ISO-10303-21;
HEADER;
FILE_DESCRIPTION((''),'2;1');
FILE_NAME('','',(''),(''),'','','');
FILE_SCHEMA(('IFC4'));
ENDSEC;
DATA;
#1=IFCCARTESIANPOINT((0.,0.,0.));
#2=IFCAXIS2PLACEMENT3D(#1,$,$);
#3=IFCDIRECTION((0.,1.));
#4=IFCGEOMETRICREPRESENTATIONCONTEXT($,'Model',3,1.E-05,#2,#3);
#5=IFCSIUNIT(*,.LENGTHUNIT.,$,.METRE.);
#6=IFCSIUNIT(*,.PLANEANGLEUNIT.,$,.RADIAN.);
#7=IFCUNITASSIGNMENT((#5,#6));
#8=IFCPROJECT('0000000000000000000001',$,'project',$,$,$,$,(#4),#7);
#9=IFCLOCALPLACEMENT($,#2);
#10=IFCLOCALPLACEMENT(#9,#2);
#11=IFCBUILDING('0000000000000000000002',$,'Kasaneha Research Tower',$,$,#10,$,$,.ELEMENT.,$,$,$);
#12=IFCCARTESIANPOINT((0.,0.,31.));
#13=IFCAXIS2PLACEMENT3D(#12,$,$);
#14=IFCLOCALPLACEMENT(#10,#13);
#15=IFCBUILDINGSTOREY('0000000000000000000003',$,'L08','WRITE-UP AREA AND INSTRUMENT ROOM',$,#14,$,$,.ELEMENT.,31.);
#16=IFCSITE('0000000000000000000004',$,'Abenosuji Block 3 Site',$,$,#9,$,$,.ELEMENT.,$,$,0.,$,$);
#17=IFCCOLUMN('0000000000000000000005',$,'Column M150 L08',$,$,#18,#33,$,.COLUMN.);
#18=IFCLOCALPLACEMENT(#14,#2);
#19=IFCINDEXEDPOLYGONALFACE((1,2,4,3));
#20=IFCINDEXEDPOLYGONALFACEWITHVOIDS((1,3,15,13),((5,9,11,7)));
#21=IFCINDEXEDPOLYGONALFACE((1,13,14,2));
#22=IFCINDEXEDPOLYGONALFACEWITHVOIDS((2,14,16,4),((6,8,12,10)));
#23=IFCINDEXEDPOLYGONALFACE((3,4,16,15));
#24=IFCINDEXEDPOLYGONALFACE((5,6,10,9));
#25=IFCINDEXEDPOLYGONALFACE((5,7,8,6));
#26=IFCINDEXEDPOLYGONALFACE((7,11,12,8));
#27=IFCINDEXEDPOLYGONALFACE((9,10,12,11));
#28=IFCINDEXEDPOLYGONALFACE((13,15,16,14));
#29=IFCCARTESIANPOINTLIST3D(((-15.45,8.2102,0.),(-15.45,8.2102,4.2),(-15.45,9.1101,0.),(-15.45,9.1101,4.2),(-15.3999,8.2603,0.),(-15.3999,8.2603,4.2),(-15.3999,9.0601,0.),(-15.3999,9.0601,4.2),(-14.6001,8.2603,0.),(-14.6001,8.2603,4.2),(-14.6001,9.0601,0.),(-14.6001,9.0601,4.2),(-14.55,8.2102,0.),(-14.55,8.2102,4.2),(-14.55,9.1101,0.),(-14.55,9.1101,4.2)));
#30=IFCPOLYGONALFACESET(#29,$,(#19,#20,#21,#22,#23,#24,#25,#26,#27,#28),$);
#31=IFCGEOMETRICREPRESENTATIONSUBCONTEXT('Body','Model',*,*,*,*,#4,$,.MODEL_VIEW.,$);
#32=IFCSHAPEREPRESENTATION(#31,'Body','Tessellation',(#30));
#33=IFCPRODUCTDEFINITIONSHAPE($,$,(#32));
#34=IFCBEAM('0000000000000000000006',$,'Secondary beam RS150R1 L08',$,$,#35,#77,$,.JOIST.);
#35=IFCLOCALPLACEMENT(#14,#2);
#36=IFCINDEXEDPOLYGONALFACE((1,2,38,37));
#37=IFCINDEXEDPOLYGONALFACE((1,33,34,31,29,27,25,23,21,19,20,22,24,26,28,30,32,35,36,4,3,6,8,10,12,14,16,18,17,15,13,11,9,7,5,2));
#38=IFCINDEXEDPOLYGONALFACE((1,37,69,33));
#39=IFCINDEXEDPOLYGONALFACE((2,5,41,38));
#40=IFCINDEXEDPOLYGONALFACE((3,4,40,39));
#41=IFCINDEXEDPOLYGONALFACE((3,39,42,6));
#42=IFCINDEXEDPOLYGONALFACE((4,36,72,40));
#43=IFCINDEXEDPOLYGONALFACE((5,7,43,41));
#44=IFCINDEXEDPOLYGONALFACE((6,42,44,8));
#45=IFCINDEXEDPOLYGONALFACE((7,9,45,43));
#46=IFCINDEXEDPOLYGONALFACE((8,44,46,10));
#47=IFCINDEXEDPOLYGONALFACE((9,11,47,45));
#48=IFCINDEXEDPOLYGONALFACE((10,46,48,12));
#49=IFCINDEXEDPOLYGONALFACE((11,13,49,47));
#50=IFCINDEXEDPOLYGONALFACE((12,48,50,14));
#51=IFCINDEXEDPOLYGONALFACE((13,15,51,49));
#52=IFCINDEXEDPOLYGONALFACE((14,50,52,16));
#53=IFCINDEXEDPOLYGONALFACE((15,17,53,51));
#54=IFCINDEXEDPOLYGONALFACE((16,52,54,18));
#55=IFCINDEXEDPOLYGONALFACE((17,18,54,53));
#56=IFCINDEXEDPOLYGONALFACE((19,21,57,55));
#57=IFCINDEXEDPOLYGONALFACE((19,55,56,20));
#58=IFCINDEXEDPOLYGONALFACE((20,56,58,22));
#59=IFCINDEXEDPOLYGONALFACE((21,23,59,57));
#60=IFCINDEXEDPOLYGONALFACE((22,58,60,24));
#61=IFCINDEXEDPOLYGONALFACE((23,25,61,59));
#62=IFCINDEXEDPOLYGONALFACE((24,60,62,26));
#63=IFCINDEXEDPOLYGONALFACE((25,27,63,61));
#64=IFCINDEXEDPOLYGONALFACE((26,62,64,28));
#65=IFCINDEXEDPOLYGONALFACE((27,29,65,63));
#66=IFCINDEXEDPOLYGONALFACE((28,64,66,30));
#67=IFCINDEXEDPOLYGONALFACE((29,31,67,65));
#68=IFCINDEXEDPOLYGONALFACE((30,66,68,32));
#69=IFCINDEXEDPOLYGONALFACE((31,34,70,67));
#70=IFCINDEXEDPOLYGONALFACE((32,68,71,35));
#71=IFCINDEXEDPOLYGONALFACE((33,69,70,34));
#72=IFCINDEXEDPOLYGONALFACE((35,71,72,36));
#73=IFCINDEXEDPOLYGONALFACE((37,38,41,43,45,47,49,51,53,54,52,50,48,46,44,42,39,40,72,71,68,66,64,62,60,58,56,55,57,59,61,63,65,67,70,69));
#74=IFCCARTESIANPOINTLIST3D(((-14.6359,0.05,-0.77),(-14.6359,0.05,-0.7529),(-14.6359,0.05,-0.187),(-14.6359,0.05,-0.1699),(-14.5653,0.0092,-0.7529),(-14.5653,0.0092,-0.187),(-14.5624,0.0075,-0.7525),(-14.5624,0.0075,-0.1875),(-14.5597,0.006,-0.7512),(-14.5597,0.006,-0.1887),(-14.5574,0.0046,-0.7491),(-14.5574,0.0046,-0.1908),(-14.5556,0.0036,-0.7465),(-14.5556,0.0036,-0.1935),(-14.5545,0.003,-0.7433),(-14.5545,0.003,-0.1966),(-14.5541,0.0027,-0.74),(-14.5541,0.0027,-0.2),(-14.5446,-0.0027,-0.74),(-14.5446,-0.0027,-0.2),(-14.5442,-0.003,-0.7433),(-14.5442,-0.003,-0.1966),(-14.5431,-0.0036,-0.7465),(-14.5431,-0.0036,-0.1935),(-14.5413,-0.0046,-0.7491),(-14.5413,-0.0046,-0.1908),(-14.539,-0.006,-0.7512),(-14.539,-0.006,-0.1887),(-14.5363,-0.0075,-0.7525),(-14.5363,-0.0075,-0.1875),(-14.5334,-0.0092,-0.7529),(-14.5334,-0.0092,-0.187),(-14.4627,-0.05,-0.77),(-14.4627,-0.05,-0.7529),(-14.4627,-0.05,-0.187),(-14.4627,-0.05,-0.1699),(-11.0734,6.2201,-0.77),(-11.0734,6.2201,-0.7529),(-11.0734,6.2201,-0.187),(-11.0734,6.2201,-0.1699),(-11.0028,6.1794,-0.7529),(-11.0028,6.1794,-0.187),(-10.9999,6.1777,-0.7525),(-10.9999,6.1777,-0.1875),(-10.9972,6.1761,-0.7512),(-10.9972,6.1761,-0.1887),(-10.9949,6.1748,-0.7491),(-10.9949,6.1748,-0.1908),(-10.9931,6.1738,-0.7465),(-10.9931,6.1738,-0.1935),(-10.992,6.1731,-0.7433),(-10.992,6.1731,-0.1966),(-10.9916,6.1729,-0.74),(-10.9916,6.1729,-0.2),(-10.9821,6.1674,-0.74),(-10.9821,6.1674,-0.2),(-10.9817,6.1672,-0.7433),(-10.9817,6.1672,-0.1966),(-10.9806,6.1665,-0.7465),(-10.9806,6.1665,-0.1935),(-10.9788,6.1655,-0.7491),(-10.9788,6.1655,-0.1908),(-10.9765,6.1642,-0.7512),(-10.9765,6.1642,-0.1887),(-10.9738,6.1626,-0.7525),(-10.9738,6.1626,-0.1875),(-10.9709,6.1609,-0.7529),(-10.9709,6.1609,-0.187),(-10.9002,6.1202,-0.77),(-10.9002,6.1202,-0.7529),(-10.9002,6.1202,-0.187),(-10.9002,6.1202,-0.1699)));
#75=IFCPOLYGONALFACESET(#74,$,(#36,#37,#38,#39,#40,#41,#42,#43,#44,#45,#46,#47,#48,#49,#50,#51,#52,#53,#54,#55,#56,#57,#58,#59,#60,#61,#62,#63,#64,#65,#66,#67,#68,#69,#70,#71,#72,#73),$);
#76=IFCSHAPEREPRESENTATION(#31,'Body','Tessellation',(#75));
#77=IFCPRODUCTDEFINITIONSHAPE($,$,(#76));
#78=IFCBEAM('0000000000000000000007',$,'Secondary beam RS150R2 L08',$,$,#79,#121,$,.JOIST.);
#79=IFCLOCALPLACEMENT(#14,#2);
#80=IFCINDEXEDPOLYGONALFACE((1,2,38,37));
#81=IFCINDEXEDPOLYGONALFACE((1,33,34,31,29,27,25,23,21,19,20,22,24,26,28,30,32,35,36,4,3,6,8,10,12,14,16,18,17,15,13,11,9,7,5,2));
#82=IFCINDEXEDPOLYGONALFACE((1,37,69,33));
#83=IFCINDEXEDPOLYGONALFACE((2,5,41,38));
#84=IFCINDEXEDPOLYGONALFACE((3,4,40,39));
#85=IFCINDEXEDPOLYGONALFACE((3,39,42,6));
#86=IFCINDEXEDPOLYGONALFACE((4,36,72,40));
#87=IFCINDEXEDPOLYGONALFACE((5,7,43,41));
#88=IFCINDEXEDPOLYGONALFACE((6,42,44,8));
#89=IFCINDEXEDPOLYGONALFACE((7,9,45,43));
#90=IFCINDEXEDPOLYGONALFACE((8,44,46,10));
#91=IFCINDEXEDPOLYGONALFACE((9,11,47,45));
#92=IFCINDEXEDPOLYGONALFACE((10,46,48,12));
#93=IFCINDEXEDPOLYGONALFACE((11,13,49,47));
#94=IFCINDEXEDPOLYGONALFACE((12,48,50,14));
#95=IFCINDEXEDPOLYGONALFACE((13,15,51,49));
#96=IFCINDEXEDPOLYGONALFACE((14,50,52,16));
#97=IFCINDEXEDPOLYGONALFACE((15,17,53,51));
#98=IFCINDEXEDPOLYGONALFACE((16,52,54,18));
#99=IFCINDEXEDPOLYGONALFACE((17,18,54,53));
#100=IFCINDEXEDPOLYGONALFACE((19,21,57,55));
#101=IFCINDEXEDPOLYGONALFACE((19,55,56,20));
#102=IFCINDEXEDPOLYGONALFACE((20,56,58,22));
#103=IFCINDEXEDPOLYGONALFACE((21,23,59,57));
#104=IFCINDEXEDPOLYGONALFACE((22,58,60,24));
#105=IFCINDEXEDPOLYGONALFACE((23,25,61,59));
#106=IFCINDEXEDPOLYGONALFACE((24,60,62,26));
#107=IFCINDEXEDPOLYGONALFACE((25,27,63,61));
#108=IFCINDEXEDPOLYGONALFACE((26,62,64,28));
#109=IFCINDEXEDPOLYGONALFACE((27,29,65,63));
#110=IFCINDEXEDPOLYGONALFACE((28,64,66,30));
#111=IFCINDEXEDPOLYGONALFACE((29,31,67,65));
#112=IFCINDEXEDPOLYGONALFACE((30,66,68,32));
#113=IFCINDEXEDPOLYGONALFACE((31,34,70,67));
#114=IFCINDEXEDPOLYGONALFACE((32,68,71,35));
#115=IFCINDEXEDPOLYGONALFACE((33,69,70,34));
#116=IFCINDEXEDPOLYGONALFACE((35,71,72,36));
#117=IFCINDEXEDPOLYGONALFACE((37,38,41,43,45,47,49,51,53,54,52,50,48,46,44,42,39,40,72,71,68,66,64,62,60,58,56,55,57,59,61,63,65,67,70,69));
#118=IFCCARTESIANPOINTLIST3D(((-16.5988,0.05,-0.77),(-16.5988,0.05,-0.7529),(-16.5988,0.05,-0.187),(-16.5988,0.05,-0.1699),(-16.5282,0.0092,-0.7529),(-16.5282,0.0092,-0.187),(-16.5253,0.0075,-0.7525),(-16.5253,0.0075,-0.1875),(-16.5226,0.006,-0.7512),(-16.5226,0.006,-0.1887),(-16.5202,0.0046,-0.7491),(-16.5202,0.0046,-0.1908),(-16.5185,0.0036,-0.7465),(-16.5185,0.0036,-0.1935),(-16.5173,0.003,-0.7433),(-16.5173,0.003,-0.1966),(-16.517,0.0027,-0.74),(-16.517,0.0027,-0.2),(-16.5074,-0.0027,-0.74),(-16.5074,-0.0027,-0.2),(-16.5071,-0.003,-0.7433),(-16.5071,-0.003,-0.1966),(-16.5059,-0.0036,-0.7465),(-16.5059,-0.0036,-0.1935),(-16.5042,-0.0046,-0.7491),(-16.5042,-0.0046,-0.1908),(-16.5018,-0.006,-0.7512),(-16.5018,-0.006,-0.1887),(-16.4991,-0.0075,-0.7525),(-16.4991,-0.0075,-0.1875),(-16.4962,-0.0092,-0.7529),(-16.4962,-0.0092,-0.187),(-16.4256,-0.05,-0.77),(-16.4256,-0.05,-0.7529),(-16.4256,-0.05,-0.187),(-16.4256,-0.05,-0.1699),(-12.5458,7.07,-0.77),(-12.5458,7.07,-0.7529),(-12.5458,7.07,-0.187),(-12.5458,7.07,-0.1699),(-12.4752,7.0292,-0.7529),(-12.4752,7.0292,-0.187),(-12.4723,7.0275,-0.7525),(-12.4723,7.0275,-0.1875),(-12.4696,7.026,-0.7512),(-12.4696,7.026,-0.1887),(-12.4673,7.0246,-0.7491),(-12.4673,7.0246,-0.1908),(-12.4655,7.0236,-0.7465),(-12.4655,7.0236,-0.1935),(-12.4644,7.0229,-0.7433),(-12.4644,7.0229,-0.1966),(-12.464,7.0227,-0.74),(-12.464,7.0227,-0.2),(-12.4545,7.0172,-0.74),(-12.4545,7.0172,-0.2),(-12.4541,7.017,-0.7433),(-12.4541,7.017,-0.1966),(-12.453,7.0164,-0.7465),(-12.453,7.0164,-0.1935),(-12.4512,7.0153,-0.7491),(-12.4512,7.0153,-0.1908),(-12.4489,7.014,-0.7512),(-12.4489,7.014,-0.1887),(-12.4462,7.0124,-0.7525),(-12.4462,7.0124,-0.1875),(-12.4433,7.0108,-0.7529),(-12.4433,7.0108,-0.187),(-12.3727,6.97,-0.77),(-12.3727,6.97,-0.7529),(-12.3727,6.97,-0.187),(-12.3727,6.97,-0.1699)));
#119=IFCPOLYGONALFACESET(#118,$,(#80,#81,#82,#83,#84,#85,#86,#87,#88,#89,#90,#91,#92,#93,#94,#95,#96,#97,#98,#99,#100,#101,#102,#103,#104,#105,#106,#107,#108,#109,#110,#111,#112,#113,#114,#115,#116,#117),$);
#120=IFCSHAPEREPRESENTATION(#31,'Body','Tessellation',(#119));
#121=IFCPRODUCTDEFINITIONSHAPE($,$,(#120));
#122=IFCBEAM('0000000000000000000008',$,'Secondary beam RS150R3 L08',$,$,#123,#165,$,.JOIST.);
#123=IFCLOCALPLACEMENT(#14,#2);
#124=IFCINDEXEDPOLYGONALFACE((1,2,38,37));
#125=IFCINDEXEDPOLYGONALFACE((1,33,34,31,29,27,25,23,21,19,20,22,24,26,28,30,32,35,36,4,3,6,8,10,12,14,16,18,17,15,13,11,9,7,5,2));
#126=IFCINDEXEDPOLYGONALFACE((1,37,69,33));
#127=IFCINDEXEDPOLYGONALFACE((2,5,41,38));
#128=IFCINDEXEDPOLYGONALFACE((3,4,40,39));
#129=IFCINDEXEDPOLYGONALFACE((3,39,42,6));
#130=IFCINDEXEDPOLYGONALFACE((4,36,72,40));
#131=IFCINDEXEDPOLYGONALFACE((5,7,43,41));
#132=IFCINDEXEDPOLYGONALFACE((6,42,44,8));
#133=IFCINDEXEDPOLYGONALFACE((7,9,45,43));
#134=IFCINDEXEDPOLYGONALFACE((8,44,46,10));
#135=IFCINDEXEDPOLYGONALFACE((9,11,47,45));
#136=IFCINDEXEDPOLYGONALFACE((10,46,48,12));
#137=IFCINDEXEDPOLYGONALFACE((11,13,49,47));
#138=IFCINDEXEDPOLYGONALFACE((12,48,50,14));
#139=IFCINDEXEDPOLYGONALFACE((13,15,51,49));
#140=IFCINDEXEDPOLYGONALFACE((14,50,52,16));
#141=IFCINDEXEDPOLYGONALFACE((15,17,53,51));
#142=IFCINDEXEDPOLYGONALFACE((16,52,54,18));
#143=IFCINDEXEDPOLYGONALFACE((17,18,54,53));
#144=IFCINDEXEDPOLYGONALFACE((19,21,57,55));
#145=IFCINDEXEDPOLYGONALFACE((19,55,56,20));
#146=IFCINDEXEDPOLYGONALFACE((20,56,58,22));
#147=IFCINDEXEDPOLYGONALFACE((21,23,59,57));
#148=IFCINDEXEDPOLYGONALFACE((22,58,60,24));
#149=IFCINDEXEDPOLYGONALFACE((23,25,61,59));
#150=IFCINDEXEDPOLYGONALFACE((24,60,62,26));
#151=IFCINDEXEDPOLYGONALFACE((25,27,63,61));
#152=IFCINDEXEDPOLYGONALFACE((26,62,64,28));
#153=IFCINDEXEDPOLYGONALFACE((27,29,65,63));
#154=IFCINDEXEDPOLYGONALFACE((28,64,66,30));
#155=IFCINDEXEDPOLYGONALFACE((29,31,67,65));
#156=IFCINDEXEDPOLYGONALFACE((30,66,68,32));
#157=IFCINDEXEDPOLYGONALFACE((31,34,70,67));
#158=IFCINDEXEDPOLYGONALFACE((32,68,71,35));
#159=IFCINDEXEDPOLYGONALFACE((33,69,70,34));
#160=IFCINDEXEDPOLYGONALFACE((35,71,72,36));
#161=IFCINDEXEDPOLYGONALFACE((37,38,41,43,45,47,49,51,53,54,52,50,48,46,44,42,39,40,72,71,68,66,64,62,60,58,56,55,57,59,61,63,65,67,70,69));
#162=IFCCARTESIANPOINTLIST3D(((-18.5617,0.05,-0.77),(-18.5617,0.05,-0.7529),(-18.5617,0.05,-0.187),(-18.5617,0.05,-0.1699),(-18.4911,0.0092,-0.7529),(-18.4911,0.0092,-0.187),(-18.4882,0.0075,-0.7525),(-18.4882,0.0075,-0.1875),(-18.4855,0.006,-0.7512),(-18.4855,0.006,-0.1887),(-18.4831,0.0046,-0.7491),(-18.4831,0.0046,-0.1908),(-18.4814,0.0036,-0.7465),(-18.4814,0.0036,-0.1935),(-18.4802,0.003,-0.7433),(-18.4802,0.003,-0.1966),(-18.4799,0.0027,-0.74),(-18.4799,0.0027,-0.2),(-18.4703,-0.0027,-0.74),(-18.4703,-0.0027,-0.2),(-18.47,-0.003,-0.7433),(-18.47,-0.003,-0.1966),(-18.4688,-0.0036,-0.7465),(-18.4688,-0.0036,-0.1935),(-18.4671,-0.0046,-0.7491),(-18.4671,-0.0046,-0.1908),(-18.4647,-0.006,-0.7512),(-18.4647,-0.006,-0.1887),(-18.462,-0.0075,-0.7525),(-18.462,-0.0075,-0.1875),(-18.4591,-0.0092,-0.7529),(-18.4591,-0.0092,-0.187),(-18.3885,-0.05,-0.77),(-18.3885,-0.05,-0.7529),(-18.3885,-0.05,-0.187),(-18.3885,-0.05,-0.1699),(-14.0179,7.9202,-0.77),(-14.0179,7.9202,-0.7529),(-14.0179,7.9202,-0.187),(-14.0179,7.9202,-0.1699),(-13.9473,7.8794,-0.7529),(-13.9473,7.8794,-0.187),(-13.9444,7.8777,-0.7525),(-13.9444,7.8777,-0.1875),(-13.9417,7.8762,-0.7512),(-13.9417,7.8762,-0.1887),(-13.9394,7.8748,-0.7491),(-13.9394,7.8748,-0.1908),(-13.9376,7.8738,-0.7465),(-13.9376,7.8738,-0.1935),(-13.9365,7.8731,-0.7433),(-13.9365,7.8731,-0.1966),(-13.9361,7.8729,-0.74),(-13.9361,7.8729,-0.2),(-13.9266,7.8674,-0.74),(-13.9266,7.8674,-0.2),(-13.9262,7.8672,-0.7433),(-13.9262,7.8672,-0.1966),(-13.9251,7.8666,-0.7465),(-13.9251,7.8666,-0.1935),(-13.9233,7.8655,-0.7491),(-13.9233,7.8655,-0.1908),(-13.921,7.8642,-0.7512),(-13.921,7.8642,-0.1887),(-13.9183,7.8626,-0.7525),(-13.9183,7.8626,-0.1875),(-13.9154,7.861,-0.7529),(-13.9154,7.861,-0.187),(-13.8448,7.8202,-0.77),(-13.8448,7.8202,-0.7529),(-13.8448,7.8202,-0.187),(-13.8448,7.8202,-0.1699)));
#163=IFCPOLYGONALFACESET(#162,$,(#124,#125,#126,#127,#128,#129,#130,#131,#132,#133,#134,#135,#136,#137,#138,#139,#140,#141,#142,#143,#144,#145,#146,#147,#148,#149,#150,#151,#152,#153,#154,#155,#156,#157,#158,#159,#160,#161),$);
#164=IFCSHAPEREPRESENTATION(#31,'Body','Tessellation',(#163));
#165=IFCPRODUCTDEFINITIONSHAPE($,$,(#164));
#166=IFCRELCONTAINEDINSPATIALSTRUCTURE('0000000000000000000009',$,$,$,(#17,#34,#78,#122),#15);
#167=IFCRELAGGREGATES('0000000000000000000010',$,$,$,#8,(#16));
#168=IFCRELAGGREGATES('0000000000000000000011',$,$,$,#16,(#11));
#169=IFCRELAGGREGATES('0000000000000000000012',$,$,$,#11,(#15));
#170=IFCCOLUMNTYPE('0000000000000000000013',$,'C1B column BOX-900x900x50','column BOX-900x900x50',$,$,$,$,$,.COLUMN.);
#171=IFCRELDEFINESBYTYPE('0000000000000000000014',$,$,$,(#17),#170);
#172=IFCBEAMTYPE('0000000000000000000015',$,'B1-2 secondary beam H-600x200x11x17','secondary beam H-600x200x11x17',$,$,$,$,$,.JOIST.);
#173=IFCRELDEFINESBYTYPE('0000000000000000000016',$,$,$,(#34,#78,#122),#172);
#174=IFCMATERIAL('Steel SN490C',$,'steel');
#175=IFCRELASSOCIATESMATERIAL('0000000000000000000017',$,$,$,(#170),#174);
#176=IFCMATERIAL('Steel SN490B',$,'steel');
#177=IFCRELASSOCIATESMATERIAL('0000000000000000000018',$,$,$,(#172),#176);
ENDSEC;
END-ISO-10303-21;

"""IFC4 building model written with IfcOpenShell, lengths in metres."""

from ifc_helpers import new_model, si_unit, direction, frame, origin, origin_2d, place, context, subcontext, project, spatial, hollow_rectangle, i_section, extrude, material, material_profile, profile_set, type_object, element, save


model = new_model("IFC4")

# Units and contexts
model_context = context("Model", 3, precision=1e-05, world=origin(), true_north=direction((0.0, 1.0)))
body_context = subcontext(model_context, "Body", "Model", "MODEL_VIEW")
ifc_project = project(units=[si_unit("LENGTHUNIT", "METRE"), si_unit("PLANEANGLEUNIT", "RADIAN")], contexts=[model_context])

# Site, building, storey
site_placement = place(None, origin())
site = spatial("IfcSite", under=ifc_project, at=site_placement, Name="Abenosuji Block 3 Site", CompositionType="ELEMENT", RefElevation=0.0)
building_placement = place(site_placement, origin())
building = spatial("IfcBuilding", under=site, at=building_placement, Name="Kasaneha Research Tower", CompositionType="ELEMENT")
storey_placement = place(building_placement, frame((0.0, 0.0, 31.0)))
storey = spatial("IfcBuildingStorey", under=building, at=storey_placement, Name="L08", Description="WRITE-UP AREA AND INSTRUMENT ROOM", CompositionType="ELEMENT", Elevation=31.0)

# Column
ifc_material_1 = material(Name="Steel SN490C", Category="steel")
ifc_material_profile_1 = material_profile(ifc_material_1, hollow_rectangle(XDim=0.8999, YDim=0.8999, WallThickness=0.05, at=origin_2d()), Name="BOX-900x900x50")
ifc_profile_set_1 = profile_set([ifc_material_profile_1], Name="Steel SN490C")
column_type = type_object("IfcColumnType", Name="C1B column BOX-900x900x50", Description="column BOX-900x900x50", PredefinedType="COLUMN", material=ifc_profile_set_1)
column_placement = place(storey_placement, frame((-15.0, 8.6602, 0.0), z_axis=(0.0, 0.0, 1.0), x_axis=(1.0, 0.0, 0.0)))
element("IfcColumn", 1, at=column_placement, inside=storey, type_object=column_type, Name="Column M150 L08", PredefinedType="COLUMN", context=body_context, shape_type="SweptSolid", body=[
    extrude(hollow_rectangle(XDim=0.8999, YDim=0.8999, WallThickness=0.05, at=origin_2d()), origin(), (0.0, 0.0, 1.0), 4.2),
])

# Beams
ifc_material_2 = material(Name="Steel SN490B", Category="steel")
ifc_material_profile_2 = material_profile(ifc_material_2, i_section(OverallWidth=0.2, OverallDepth=0.6001, WebThickness=0.011, FlangeThickness=0.0171, FilletRadius=0.0129, at=origin_2d()), Name="H-600x200x11x17")
ifc_profile_set_2 = profile_set([ifc_material_profile_2], Name="Steel SN490B")
beam_type_1 = type_object("IfcBeamType", Name="B1-2 secondary beam H-600x200x11x17", Description="secondary beam H-600x200x11x17", PredefinedType="JOIST", material=ifc_profile_set_2)
beam_1_placement = place(storey_placement, frame((-14.5493, 0.0, -0.47), z_axis=(0.500016, 0.866016, 0.0), x_axis=(-0.866016, 0.500016, 0.0)))
element("IfcBeam", 2, at=beam_1_placement, inside=storey, type_object=beam_type_1, Name="Secondary beam RS150R1 L08", PredefinedType="JOIST", context=body_context, shape_type="SweptSolid", body=[
    extrude(i_section(OverallWidth=0.2, OverallDepth=0.6001, WebThickness=0.011, FlangeThickness=0.0171, FilletRadius=0.0129, at=origin_2d()), origin(), (0.0, 0.0, 1.0), 7.1248),
])
beam_2_placement = place(storey_placement, frame((-16.5122, 0.0, -0.47), z_axis=(0.499997, 0.866027, 0.0), x_axis=(-0.866027, 0.499997, 0.0)))
element("IfcBeam", 3, at=beam_2_placement, inside=storey, type_object=beam_type_1, Name="Secondary beam RS150R2 L08", PredefinedType="JOIST", context=body_context, shape_type="SweptSolid", body=[
    extrude(i_section(OverallWidth=0.2, OverallDepth=0.6001, WebThickness=0.011, FlangeThickness=0.0171, FilletRadius=0.0129, at=origin_2d()), origin(), (0.0, 0.0, 1.0), 8.106),
])
beam_3_placement = place(storey_placement, frame((-18.4751, 0.0, -0.47), z_axis=(0.499991, 0.866031, 0.0), x_axis=(-0.866031, 0.499991, 0.0)))
element("IfcBeam", 4, at=beam_3_placement, inside=storey, type_object=beam_type_1, Name="Secondary beam RS150R3 L08", PredefinedType="JOIST", context=body_context, shape_type="SweptSolid", body=[
    extrude(i_section(OverallWidth=0.2, OverallDepth=0.6001, WebThickness=0.011, FlangeThickness=0.0171, FilletRadius=0.0129, at=origin_2d()), origin(), (0.0, 0.0, 1.0), 9.0876),
])

save(model, "model.ifc")
